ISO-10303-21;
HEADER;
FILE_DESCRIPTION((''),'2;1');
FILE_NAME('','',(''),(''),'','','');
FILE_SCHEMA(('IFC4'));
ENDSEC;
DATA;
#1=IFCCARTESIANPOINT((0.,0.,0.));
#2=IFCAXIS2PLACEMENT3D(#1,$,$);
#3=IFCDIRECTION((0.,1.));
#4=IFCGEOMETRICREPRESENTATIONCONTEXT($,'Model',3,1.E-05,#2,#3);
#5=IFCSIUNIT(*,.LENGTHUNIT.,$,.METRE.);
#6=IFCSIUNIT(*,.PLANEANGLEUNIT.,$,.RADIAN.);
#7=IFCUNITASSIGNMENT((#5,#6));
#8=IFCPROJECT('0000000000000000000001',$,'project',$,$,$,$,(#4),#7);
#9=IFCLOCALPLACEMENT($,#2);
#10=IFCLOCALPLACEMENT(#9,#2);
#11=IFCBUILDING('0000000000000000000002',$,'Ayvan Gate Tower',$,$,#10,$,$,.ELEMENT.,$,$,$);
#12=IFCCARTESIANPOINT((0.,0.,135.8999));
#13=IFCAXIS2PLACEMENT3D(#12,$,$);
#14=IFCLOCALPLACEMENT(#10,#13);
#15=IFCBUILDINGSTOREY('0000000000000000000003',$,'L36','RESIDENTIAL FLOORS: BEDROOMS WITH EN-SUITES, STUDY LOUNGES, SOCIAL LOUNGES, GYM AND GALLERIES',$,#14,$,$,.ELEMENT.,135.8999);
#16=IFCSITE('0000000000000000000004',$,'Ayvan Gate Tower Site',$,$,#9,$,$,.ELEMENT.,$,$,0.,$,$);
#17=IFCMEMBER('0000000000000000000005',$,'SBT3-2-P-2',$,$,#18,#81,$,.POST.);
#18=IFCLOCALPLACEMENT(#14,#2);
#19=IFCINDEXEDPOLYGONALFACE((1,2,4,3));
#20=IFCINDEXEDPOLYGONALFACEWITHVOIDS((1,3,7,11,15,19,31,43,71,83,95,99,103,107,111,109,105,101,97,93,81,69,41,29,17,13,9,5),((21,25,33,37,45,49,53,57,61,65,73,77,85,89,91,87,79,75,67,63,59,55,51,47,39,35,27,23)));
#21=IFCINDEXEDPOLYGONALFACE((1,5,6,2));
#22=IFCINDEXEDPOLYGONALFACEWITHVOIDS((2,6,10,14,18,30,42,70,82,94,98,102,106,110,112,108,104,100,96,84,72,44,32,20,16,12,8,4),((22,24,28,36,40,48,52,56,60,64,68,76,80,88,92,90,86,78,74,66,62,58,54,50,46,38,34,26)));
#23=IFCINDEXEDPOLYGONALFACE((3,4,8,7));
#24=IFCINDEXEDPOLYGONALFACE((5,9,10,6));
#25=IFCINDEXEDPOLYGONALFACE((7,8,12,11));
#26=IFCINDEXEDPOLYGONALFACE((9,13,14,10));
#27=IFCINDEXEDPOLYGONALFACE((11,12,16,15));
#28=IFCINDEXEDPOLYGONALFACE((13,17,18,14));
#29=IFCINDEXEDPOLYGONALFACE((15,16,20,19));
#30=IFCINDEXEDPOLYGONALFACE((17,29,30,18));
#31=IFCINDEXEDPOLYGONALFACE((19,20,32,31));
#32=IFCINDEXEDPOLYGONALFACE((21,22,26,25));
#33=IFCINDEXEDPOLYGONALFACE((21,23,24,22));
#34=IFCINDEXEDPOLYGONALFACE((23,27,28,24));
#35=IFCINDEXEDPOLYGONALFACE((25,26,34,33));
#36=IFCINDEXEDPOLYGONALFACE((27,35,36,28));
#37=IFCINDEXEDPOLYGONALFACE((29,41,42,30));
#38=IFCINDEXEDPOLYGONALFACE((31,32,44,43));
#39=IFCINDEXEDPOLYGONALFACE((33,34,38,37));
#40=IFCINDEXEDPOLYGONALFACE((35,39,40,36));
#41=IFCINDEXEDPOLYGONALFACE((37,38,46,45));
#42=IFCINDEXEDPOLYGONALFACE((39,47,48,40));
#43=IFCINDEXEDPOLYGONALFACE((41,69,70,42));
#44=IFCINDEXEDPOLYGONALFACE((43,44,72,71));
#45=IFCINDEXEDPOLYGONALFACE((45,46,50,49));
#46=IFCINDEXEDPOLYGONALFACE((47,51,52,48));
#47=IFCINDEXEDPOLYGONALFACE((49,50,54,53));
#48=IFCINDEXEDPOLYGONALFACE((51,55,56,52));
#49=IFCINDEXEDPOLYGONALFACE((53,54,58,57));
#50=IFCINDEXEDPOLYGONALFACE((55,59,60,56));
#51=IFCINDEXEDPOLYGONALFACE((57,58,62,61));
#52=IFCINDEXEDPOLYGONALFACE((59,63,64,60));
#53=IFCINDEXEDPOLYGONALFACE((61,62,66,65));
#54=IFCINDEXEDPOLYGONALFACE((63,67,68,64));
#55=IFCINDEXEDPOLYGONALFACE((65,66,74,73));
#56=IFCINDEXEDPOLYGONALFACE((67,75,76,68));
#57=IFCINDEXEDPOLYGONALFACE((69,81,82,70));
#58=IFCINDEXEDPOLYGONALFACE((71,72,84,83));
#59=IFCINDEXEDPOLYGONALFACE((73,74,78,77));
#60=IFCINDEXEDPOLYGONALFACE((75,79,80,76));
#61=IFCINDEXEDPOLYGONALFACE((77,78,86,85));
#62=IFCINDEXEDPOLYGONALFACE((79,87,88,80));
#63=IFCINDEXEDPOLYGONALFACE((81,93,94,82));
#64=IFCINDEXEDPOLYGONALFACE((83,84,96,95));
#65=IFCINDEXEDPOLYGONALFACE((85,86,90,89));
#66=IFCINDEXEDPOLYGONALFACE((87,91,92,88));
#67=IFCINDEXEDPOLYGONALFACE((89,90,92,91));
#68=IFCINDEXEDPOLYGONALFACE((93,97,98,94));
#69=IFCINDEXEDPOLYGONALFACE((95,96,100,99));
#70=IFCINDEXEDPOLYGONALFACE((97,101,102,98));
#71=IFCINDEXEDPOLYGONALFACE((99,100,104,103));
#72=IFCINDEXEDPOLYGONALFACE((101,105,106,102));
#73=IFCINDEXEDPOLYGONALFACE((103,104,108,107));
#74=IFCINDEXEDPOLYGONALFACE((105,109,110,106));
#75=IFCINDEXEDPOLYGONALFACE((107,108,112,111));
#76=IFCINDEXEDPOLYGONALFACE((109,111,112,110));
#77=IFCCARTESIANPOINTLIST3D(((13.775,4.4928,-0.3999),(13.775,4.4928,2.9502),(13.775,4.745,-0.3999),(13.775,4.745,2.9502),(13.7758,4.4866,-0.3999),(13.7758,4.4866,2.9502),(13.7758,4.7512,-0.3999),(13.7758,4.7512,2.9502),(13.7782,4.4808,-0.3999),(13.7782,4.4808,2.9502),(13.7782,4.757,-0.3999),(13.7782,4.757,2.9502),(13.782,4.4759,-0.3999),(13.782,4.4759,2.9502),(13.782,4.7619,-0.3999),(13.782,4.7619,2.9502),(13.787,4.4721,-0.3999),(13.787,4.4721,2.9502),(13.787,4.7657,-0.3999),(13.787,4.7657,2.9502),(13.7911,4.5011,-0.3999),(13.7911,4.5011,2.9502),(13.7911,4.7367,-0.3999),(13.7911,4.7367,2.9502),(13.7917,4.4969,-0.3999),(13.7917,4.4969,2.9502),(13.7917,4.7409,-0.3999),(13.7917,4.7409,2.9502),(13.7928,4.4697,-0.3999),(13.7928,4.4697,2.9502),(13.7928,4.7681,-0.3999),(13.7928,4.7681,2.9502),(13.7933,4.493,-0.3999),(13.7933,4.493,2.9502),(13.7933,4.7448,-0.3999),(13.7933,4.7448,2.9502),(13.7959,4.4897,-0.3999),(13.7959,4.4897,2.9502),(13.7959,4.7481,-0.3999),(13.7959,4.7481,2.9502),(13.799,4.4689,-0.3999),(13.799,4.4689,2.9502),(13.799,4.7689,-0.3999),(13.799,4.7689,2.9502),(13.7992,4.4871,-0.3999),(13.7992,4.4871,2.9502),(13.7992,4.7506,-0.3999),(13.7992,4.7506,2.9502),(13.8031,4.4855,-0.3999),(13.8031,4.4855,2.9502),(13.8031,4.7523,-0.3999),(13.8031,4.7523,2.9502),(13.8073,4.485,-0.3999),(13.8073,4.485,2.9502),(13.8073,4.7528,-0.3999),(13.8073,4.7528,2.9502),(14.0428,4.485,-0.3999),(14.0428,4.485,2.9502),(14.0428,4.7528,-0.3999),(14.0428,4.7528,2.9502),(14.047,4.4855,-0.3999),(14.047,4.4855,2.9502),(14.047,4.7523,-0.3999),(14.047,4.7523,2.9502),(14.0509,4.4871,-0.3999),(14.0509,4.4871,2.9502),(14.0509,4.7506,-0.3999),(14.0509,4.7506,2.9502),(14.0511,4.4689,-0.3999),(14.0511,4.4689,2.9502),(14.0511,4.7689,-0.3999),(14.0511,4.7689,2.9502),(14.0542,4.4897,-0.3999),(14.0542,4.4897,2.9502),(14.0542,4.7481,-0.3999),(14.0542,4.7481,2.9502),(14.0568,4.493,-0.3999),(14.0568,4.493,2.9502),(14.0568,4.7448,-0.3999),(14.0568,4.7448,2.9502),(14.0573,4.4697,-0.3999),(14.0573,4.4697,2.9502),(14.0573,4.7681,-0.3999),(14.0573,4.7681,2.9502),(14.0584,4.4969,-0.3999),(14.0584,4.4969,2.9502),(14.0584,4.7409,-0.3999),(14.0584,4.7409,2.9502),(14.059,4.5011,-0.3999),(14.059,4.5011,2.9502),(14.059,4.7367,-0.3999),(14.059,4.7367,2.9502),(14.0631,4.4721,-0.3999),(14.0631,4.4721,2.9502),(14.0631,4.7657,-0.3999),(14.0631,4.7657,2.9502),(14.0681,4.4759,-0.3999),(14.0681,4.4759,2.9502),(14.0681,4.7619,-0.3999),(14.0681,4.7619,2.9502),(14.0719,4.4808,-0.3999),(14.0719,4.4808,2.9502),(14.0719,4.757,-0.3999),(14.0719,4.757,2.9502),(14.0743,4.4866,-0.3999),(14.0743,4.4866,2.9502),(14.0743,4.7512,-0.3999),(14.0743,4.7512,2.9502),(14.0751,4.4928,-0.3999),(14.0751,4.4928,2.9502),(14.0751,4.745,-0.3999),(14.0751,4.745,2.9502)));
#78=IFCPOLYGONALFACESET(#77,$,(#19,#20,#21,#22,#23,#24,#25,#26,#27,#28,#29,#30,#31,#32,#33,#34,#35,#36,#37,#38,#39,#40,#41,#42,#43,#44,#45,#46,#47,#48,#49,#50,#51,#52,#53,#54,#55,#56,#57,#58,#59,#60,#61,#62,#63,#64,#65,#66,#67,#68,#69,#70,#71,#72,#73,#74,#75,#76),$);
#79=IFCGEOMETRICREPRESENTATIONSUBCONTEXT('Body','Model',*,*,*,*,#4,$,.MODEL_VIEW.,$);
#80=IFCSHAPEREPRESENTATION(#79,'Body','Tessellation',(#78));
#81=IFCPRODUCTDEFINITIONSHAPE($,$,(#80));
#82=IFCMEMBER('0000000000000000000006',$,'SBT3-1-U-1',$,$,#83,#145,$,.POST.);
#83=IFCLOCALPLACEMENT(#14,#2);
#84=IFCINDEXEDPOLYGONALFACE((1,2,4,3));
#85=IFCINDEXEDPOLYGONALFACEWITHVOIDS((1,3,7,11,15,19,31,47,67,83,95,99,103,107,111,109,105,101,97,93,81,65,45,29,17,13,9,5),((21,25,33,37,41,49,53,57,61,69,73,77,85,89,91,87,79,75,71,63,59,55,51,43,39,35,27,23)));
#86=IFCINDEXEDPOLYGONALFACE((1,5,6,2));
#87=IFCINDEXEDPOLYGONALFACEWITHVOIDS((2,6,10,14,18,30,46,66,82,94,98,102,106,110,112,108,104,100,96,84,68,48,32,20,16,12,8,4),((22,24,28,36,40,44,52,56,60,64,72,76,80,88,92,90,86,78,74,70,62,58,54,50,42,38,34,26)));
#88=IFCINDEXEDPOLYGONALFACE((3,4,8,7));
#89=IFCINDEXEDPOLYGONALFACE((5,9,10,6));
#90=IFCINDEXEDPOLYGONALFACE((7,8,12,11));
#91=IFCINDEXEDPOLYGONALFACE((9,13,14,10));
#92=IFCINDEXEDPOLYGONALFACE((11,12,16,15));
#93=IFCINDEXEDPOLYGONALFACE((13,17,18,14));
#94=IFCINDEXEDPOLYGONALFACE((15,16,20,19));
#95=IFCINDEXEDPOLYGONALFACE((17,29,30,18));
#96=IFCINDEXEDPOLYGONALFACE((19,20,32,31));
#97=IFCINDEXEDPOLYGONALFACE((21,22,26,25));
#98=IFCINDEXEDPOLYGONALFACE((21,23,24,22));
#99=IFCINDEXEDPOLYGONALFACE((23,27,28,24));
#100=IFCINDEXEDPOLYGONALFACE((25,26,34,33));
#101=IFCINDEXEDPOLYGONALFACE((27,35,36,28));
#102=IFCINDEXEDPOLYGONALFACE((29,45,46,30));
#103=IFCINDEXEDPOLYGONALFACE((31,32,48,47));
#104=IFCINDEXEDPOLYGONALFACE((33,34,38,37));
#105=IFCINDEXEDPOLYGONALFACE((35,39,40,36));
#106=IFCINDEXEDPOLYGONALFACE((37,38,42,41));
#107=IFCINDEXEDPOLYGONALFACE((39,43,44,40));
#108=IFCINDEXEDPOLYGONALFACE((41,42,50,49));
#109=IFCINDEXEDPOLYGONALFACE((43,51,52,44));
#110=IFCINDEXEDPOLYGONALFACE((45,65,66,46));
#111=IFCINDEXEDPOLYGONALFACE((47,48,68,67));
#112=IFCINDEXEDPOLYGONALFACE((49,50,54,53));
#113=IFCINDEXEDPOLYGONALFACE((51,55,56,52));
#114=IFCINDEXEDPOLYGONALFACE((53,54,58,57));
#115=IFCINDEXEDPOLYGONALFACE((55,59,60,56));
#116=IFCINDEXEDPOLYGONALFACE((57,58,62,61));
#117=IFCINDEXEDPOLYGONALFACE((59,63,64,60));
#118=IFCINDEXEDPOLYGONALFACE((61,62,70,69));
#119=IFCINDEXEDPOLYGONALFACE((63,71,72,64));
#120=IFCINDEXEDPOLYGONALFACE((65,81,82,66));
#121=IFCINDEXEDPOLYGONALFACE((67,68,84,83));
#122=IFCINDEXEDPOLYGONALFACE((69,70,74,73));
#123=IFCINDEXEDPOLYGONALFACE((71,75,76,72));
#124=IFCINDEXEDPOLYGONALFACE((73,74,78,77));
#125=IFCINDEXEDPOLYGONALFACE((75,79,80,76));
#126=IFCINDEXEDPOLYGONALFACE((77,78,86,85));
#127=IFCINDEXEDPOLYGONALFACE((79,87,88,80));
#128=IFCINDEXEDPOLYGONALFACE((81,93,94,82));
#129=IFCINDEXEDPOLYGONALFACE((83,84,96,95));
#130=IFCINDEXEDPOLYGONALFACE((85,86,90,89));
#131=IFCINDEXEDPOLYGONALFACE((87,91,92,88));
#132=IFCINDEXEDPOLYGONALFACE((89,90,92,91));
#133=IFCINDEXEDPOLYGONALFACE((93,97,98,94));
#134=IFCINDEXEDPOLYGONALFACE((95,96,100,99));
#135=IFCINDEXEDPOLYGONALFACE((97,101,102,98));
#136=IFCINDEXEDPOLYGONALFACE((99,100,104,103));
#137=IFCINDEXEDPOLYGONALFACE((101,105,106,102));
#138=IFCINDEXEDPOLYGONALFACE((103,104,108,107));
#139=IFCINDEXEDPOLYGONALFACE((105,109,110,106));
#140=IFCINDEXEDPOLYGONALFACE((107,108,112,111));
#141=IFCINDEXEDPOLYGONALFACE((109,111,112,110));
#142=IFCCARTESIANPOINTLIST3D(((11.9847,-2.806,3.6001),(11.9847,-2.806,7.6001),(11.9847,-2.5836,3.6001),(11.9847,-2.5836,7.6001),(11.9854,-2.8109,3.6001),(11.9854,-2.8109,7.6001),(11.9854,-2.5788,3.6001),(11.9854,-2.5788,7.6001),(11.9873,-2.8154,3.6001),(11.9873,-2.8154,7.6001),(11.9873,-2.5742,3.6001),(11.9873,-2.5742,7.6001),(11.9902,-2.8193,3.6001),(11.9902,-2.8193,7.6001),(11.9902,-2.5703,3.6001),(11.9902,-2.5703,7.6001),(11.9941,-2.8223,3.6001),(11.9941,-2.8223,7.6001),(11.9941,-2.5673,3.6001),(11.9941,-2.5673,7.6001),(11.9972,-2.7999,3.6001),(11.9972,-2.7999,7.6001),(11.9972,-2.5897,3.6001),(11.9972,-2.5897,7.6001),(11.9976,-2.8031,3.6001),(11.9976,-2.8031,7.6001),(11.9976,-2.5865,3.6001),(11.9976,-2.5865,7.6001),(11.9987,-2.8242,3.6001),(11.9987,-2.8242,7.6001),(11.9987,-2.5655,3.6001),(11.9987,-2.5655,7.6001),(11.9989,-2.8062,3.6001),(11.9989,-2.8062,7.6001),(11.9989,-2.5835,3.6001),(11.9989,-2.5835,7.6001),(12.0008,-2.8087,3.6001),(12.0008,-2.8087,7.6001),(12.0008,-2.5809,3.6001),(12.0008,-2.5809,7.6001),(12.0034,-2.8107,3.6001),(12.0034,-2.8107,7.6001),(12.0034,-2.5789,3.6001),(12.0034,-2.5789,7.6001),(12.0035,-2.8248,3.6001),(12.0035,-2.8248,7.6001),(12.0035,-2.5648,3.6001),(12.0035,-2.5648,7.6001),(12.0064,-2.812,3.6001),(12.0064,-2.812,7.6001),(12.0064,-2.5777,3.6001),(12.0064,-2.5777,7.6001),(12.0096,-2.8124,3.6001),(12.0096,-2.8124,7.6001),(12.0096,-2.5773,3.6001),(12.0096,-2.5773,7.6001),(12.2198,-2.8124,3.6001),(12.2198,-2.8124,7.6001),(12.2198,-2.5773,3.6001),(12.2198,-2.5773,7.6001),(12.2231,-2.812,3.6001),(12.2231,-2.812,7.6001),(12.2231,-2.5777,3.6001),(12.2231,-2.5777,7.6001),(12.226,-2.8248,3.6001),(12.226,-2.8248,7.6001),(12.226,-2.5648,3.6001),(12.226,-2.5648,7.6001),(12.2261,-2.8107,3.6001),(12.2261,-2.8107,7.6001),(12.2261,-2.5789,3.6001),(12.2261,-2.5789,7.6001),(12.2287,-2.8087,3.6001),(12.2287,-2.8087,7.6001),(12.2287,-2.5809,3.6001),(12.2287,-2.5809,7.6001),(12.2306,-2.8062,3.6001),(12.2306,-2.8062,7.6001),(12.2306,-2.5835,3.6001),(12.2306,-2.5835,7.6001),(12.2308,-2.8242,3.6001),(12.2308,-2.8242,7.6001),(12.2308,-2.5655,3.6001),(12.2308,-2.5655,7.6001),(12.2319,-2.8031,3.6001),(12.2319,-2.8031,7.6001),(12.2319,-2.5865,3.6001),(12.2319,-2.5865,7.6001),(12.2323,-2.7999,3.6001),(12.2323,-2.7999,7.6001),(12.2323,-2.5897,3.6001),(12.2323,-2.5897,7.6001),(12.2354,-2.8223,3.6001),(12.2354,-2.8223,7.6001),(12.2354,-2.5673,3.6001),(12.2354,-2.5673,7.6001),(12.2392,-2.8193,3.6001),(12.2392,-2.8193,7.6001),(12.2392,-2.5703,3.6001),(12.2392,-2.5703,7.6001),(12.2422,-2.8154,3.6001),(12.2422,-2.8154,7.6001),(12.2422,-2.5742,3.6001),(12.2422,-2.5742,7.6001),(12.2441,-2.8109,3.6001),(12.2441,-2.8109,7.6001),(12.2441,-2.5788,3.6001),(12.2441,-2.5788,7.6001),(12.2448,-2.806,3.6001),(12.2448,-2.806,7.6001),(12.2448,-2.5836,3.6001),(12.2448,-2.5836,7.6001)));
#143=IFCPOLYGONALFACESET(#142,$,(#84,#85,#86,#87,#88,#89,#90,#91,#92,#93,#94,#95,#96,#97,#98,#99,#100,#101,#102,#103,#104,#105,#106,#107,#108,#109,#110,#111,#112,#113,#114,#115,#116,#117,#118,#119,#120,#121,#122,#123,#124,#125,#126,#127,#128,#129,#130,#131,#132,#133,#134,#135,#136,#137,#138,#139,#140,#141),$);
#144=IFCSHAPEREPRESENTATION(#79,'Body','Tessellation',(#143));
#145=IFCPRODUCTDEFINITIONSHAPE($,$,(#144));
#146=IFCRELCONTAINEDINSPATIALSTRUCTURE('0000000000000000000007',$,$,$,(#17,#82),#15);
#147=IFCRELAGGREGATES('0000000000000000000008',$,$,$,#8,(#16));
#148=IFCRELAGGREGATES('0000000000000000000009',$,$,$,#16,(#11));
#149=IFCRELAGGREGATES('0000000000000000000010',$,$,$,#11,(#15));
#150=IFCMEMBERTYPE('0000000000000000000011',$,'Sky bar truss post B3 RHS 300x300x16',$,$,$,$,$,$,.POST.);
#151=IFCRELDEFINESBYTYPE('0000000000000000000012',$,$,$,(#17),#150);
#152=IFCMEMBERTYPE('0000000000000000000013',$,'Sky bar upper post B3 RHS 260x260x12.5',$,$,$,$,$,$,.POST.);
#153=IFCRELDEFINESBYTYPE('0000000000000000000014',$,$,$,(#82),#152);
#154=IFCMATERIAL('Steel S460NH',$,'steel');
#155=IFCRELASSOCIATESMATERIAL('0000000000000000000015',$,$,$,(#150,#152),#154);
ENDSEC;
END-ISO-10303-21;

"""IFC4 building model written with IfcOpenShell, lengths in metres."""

from ifc_helpers import new_model, si_unit, direction, frame, origin, origin_2d, place, context, subcontext, project, spatial, hollow_rectangle, extrude, material, material_profile, profile_set, type_object, element, save


model = new_model("IFC4")

# Units and contexts
model_context = context("Model", 3, precision=1e-05, world=origin(), true_north=direction((0.0, 1.0)))
body_context = subcontext(model_context, "Body", "Model", "MODEL_VIEW")
ifc_project = project(units=[si_unit("LENGTHUNIT", "METRE"), si_unit("PLANEANGLEUNIT", "RADIAN")], contexts=[model_context])

# Site, building, storey
site_placement = place(None, origin())
site = spatial("IfcSite", under=ifc_project, at=site_placement, Name="Ayvan Gate Tower Site", CompositionType="ELEMENT", RefElevation=0.0)
building_placement = place(site_placement, origin())
building = spatial("IfcBuilding", under=site, at=building_placement, Name="Ayvan Gate Tower", CompositionType="ELEMENT")
storey_placement = place(building_placement, frame((0.0, 0.0, 135.8999)))
storey = spatial("IfcBuildingStorey", under=building, at=storey_placement, Name="L36", Description="RESIDENTIAL FLOORS: BEDROOMS WITH EN-SUITES, STUDY LOUNGES, SOCIAL LOUNGES, GYM AND GALLERIES", CompositionType="ELEMENT", Elevation=135.8999)

# Members
ifc_material_1 = material(Name="Steel S460NH", Category="steel")
ifc_material_profile_1 = material_profile(ifc_material_1, hollow_rectangle(XDim=0.3, YDim=0.3, WallThickness=0.0161, InnerFilletRadius=0.0161, OuterFilletRadius=0.0239, at=origin_2d()), Name="RHS 300x300x16")
ifc_profile_set_1 = profile_set([ifc_material_profile_1], Name="Steel S460NH")
member_type_1 = type_object("IfcMemberType", Name="Sky bar truss post B3 RHS 300x300x16", PredefinedType="POST", material=ifc_profile_set_1)
member_1_placement = place(storey_placement, frame((13.925, 4.6189, -0.3999), z_axis=(0.0, 0.0, 1.0), x_axis=(1.0, 0.0, 0.0)))
element("IfcMember", 1, at=member_1_placement, inside=storey, type_object=member_type_1, Name="SBT3-2-P-2", PredefinedType="POST", context=body_context, shape_type="SweptSolid", body=[
    extrude(hollow_rectangle(XDim=0.3, YDim=0.3, WallThickness=0.0161, InnerFilletRadius=0.0161, OuterFilletRadius=0.0239, at=origin_2d()), origin(), (0.0, 0.0, 1.0), 3.3501),
])
ifc_material_profile_2 = material_profile(ifc_material_1, hollow_rectangle(XDim=0.26, YDim=0.26, WallThickness=0.0125, InnerFilletRadius=0.0125, OuterFilletRadius=0.0188, at=origin_2d()), Name="RHS 260x260x12.5")
ifc_profile_set_2 = profile_set([ifc_material_profile_2], Name="Steel S460NH")
member_type_2 = type_object("IfcMemberType", Name="Sky bar upper post B3 RHS 260x260x12.5", PredefinedType="POST", material=ifc_profile_set_2)
for number, where, z_axis, x_axis, name in (
    (2, (12.1147, -2.6948, 3.6001), (0.0, 0.0, 1.0), (1.0, 0.0, 0.0), "SBT3-1-U-1"),
):
    element("IfcMember", number, at=place(storey_placement, frame(where, z_axis=z_axis, x_axis=x_axis)), inside=storey, type_object=member_type_2, Name=name, PredefinedType="POST", context=body_context, shape_type="SweptSolid", body=[
        extrude(hollow_rectangle(XDim=0.26, YDim=0.26, WallThickness=0.0125, InnerFilletRadius=0.0125, OuterFilletRadius=0.0188, at=origin_2d()), origin(), (0.0, 0.0, 1.0), 4.0),
    ])

save(model, "model.ifc")
